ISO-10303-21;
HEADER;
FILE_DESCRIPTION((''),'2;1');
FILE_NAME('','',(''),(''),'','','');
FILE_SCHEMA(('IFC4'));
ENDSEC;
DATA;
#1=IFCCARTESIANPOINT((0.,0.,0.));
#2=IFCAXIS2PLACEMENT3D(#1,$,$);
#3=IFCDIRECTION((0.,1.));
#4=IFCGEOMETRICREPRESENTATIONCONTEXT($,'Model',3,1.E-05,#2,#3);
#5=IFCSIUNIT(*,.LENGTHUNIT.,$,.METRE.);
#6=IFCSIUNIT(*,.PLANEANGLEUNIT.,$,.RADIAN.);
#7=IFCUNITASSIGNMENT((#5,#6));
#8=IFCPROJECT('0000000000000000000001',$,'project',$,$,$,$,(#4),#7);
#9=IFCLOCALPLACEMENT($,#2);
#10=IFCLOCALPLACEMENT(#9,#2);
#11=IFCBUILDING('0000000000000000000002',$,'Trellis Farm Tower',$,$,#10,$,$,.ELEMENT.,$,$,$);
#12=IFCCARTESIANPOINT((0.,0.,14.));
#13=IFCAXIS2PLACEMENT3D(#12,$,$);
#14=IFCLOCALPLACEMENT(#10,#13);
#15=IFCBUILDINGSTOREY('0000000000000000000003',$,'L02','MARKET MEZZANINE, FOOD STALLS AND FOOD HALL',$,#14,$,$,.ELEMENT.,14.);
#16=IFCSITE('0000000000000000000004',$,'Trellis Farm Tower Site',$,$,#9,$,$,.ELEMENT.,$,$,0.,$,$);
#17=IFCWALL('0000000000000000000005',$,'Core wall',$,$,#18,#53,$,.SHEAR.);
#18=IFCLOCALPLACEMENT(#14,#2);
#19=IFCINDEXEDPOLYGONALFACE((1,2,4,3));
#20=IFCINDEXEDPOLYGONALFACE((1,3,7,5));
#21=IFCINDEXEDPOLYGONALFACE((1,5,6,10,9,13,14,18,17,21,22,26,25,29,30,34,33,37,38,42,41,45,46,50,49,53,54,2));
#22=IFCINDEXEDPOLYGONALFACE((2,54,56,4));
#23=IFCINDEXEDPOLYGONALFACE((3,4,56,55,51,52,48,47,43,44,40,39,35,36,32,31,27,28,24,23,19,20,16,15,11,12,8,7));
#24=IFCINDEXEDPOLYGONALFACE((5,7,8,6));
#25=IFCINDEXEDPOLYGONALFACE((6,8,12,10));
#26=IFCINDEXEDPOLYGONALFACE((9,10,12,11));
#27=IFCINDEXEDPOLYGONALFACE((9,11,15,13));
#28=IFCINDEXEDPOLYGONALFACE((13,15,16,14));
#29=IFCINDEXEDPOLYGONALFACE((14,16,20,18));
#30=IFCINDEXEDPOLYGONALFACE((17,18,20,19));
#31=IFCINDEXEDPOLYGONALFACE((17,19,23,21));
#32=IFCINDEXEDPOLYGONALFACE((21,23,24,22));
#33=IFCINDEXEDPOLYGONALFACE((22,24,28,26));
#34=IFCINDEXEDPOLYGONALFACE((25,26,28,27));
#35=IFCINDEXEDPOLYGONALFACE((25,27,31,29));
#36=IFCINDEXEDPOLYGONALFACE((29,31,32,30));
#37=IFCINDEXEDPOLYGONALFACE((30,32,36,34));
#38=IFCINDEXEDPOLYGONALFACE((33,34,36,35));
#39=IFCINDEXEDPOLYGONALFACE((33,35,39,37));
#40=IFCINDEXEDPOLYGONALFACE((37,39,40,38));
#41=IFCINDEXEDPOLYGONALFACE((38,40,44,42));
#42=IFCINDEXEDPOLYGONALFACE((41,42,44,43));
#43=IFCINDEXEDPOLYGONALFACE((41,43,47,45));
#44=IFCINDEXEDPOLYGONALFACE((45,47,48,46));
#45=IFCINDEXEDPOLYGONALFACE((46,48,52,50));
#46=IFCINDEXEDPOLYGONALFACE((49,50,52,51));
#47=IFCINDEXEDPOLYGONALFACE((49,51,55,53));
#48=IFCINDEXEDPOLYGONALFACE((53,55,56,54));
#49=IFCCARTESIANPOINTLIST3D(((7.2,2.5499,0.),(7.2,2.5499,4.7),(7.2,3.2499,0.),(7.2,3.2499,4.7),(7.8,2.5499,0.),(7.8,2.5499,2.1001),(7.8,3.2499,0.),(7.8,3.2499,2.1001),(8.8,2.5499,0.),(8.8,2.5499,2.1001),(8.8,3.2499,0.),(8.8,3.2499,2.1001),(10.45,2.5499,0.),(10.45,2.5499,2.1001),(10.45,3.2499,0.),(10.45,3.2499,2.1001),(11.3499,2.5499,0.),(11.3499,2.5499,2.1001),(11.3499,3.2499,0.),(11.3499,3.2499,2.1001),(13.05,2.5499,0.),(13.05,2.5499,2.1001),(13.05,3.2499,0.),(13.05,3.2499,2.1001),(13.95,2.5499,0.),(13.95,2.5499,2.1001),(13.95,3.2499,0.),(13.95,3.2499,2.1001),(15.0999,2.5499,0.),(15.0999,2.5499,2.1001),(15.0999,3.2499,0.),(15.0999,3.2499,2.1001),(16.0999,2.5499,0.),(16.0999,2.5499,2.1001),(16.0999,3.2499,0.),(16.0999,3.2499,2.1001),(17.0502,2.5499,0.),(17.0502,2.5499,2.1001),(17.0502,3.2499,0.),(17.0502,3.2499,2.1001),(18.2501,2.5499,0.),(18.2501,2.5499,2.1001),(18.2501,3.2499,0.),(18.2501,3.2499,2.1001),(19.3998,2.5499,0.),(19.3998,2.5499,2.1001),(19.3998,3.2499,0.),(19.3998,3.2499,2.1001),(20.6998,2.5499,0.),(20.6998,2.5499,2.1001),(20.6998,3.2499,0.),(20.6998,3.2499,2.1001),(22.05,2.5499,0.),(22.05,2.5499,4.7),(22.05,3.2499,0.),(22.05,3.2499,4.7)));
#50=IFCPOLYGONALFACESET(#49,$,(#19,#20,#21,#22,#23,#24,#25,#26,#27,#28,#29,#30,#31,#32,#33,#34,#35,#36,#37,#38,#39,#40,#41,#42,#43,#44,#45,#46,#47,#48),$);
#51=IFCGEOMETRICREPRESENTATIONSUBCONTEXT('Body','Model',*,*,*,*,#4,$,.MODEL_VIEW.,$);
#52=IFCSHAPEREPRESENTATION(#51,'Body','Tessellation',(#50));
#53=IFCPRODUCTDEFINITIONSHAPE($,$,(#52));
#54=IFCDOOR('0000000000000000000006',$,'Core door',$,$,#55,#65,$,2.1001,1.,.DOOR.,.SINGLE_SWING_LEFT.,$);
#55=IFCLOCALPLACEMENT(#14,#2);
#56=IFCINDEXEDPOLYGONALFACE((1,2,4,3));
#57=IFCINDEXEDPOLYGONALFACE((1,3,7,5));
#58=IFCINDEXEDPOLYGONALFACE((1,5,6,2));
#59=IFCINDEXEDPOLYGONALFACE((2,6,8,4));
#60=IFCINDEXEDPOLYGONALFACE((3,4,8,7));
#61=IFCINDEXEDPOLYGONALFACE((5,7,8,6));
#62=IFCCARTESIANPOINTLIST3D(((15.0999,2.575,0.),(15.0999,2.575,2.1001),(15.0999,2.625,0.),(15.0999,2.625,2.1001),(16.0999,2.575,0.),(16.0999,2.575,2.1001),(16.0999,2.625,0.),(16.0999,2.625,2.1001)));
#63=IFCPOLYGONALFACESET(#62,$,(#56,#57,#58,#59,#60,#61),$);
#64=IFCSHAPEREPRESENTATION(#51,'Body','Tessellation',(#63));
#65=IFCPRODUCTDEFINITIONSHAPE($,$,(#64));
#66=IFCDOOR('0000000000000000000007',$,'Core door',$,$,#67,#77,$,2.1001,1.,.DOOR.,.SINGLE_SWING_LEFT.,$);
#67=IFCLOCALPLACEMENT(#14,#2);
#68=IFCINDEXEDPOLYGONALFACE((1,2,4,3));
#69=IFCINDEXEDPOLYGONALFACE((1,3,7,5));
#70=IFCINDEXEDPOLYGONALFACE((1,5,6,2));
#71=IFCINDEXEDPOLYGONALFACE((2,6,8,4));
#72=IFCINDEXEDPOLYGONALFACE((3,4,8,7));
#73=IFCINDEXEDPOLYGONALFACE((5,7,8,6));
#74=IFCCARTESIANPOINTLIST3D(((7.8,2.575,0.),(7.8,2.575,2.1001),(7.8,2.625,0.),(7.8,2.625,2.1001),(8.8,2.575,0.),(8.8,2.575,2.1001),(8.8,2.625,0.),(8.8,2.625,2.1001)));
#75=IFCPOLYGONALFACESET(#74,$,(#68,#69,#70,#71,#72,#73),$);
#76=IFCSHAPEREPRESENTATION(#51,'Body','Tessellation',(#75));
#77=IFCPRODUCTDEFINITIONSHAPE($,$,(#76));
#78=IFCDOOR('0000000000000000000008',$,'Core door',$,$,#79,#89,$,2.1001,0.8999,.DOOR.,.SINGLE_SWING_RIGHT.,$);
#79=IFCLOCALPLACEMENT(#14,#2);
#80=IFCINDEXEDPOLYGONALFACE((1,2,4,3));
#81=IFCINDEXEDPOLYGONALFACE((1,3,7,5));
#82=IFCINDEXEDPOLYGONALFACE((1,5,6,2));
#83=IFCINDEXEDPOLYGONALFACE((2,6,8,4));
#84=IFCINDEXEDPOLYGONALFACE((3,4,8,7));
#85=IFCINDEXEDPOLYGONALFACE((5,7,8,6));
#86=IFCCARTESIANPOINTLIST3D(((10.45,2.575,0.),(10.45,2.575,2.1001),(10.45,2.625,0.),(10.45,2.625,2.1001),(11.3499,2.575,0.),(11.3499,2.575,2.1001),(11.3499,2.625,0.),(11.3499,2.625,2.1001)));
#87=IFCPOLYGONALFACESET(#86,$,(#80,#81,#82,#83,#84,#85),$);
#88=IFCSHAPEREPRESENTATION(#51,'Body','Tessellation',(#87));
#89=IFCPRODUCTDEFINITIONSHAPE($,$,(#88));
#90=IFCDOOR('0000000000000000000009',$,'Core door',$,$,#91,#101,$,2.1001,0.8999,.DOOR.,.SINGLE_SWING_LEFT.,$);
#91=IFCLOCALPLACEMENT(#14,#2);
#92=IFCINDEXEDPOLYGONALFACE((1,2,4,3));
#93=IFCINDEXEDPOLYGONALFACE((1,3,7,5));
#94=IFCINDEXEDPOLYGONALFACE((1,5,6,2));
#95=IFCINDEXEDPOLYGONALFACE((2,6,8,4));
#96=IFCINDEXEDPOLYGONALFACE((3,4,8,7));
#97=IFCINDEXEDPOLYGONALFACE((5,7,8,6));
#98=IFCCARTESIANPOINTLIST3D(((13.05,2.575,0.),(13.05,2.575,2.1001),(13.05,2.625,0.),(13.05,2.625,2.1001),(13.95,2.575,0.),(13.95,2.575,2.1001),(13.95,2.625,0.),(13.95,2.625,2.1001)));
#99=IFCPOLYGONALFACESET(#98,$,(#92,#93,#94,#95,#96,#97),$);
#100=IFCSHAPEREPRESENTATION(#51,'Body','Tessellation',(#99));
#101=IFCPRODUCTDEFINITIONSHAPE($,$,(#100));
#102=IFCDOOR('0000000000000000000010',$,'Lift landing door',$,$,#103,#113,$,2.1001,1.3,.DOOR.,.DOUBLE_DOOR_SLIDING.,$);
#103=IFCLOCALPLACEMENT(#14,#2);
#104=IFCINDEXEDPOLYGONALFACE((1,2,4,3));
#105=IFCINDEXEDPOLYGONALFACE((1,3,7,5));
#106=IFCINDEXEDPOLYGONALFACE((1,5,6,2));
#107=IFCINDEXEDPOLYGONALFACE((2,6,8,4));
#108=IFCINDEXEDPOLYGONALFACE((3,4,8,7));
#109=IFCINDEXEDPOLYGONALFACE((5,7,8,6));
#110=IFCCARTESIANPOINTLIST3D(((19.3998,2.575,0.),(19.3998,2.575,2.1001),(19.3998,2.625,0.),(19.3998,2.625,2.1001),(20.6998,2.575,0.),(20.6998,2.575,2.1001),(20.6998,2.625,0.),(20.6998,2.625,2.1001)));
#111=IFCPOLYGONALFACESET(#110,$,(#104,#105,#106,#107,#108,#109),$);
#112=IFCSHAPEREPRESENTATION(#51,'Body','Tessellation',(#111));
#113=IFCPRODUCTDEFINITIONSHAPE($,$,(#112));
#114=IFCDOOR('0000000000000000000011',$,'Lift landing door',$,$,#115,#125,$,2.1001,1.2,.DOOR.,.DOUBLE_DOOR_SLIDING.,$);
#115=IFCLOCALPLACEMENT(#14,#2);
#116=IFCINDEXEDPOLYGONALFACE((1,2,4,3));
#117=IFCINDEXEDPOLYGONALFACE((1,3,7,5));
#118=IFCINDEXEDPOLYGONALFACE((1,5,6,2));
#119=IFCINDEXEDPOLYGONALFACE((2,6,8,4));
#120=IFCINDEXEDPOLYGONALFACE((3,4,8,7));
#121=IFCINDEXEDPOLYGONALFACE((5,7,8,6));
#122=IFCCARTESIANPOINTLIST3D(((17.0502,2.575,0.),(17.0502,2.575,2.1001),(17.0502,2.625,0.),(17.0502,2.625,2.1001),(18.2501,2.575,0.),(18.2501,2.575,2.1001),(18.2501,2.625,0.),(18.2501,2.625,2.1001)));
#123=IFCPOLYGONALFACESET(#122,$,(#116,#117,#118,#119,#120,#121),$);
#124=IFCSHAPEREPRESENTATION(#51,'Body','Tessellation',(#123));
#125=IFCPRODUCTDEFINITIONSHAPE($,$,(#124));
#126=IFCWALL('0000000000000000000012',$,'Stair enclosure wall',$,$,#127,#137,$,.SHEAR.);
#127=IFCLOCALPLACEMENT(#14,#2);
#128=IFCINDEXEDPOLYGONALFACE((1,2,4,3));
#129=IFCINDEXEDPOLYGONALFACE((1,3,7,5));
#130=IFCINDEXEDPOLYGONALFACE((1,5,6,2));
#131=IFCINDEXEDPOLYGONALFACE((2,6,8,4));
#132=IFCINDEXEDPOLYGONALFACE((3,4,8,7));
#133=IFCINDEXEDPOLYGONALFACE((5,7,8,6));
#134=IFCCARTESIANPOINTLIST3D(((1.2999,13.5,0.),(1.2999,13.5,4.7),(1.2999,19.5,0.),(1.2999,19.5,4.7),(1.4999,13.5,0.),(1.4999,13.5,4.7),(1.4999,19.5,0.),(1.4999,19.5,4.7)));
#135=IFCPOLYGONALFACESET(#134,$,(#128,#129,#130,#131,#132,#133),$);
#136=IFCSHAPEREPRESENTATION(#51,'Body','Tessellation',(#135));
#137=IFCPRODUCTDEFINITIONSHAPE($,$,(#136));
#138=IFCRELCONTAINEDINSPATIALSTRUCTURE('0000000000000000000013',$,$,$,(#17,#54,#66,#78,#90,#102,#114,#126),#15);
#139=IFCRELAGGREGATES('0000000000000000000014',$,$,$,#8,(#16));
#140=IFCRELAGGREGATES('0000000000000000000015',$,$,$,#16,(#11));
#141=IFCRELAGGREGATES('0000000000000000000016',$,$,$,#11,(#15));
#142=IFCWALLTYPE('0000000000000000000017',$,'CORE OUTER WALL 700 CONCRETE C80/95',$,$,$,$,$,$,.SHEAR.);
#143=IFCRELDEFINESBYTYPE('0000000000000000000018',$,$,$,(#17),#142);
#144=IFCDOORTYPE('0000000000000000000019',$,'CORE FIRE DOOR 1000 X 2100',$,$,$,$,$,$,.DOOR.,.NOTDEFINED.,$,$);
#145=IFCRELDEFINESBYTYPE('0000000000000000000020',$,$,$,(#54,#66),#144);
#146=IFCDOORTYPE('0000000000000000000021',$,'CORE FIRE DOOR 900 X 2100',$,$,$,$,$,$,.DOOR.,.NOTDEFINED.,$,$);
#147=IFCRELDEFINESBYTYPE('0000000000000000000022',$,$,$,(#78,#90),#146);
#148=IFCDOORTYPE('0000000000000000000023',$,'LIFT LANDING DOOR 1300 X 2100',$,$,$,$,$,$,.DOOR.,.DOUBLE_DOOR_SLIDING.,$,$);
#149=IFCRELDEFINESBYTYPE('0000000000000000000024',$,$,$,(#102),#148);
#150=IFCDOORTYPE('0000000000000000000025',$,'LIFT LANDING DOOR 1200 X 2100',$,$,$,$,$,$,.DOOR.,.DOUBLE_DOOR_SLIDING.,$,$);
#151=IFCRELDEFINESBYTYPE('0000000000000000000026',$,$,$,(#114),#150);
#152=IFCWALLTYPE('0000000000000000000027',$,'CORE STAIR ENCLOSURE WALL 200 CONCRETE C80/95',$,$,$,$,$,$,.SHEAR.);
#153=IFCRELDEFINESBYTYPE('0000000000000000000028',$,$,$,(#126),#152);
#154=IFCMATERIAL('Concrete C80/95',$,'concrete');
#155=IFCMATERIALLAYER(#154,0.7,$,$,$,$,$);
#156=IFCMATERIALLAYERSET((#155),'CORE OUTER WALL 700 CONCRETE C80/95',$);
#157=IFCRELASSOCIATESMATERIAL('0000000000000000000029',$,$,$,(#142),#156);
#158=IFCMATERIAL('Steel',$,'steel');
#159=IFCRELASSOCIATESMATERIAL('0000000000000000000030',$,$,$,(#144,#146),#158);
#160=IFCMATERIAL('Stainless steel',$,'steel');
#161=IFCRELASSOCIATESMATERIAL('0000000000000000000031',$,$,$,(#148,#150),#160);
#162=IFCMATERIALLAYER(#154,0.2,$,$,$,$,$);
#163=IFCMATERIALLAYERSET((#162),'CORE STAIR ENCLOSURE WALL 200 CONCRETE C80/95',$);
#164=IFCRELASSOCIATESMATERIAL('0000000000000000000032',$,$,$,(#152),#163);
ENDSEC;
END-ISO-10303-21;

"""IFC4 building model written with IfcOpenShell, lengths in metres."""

from ifc_helpers import new_model, si_unit, direction, frame, frame_2d, origin, place, context, subcontext, project, spatial, rectangle, extrude, source, transform, mapped, material, layer, layer_set, type_object, element, fill, save


model = new_model("IFC4")

# Units and contexts
model_context = context("Model", 3, precision=1e-05, world=origin(), true_north=direction((0.0, 1.0)))
body_context = subcontext(model_context, "Body", "Model", "MODEL_VIEW")
ifc_project = project(units=[si_unit("LENGTHUNIT", "METRE"), si_unit("PLANEANGLEUNIT", "RADIAN")], contexts=[model_context])

# Site, building, storey
site_placement = place(None, origin())
site = spatial("IfcSite", under=ifc_project, at=site_placement, Name="Trellis Farm Tower Site", CompositionType="ELEMENT", RefElevation=0.0)
building_placement = place(site_placement, origin())
building = spatial("IfcBuilding", under=site, at=building_placement, Name="Trellis Farm Tower", CompositionType="ELEMENT")
storey_placement = place(building_placement, frame((0.0, 0.0, 14.0)))
storey = spatial("IfcBuildingStorey", under=building, at=storey_placement, Name="L02", Description="MARKET MEZZANINE, FOOD STALLS AND FOOD HALL", CompositionType="ELEMENT", Elevation=14.0)

# Shared definitions
ifc_material_1 = material(Name="Concrete C80/95", Category="concrete")

# Wall, openings, doors
ifc_layer_1 = layer(ifc_material_1, 0.7)
ifc_layer_set_1 = layer_set([ifc_layer_1], Name="CORE OUTER WALL 700 CONCRETE C80/95")
wall_type_1 = type_object("IfcWallType", Name="CORE OUTER WALL 700 CONCRETE C80/95", PredefinedType="SHEAR", material=ifc_layer_set_1)
shared_shape_1 = source(origin(), body_context, "Body", "SweptSolid", [
    extrude(rectangle(XDim=14.8501, YDim=0.7, at=frame_2d((7.425, 0.0))), origin(), (0.0, 0.0, 1.0), 4.7),
])
wall_1_placement = place(storey_placement, frame((7.2, 2.8999, 0.0), z_axis=(0.0, 0.0, 1.0), x_axis=(1.0, 0.0, 0.0)))
wall_1 = element("IfcWall", 1, at=wall_1_placement, inside=storey, type_object=wall_type_1, Name="Core wall", PredefinedType="SHEAR", context=body_context, shape_type="MappedRepresentation", body=[
    mapped(shared_shape_1, transform((0.0, 0.0, 0.0))),
])
shared_shape_2 = source(origin(), body_context, "Body", "SweptSolid", [
    extrude(rectangle(XDim=1.3, YDim=2.1001, at=frame_2d((0.6499, 1.05))), frame((0.0, 0.3601, 0.0), z_axis=(0.0, -1.0, 0.0), x_axis=(1.0, 0.0, 0.0)), (0.0, 0.0, 1.0), 0.7202),
])
opening_1_placement = place(wall_1_placement, frame((12.2, 0.0, 0.0)))
opening_1 = element("IfcOpeningElement", 2, at=opening_1_placement, cuts=wall_1, PredefinedType="OPENING", context=body_context, shape_type="MappedRepresentation", body=[
    mapped(shared_shape_2, transform((0.0, 0.0, 0.0))),
])
shared_shape_3 = source(origin(), body_context, "Body", "SweptSolid", [
    extrude(rectangle(XDim=1.2, YDim=2.1001, at=frame_2d((0.6001, 1.05))), frame((0.0, 0.3601, 0.0), z_axis=(0.0, -1.0, 0.0), x_axis=(1.0, 0.0, 0.0)), (0.0, 0.0, 1.0), 0.7202),
])
opening_2_placement = place(wall_1_placement, frame((9.8501, 0.0, 0.0)))
opening_2 = element("IfcOpeningElement", 3, at=opening_2_placement, cuts=wall_1, PredefinedType="OPENING", context=body_context, shape_type="MappedRepresentation", body=[
    mapped(shared_shape_3, transform((0.0, 0.0, 0.0))),
])
shared_shape_4 = source(origin(), body_context, "Body", "SweptSolid", [
    extrude(rectangle(XDim=1.0, YDim=2.1001, at=frame_2d((0.5, 1.05))), frame((0.0, 0.3601, 0.0), z_axis=(0.0, -1.0, 0.0), x_axis=(1.0, 0.0, 0.0)), (0.0, 0.0, 1.0), 0.7202),
])
opening_3_placement = place(wall_1_placement, frame((7.8999, 0.0, 0.0)))
opening_3 = element("IfcOpeningElement", 4, at=opening_3_placement, cuts=wall_1, PredefinedType="OPENING", context=body_context, shape_type="MappedRepresentation", body=[
    mapped(shared_shape_4, transform((0.0, 0.0, 0.0))),
])
opening_4_placement = place(wall_1_placement, frame((0.6001, 0.0, 0.0)))
opening_4 = element("IfcOpeningElement", 5, at=opening_4_placement, cuts=wall_1, PredefinedType="OPENING", context=body_context, shape_type="MappedRepresentation", body=[
    mapped(shared_shape_4, transform((0.0, 0.0, 0.0))),
])
shared_shape_5 = source(origin(), body_context, "Body", "SweptSolid", [
    extrude(rectangle(XDim=0.8999, YDim=2.1001, at=frame_2d((0.45, 1.05))), frame((0.0, 0.3601, 0.0), z_axis=(0.0, -1.0, 0.0), x_axis=(1.0, 0.0, 0.0)), (0.0, 0.0, 1.0), 0.7202),
])
opening_5_placement = place(wall_1_placement, frame((3.25, 0.0, 0.0)))
opening_5 = element("IfcOpeningElement", 6, at=opening_5_placement, cuts=wall_1, PredefinedType="OPENING", context=body_context, shape_type="MappedRepresentation", body=[
    mapped(shared_shape_5, transform((0.0, 0.0, 0.0))),
])
opening_6_placement = place(wall_1_placement, frame((5.8501, 0.0, 0.0)))
opening_6 = element("IfcOpeningElement", 7, at=opening_6_placement, cuts=wall_1, PredefinedType="OPENING", context=body_context, shape_type="MappedRepresentation", body=[
    mapped(shared_shape_5, transform((0.0, 0.0, 0.0))),
])
ifc_material_2 = material(Name="Steel", Category="steel")
door_type_1 = type_object("IfcDoorType", Name="CORE FIRE DOOR 1000 X 2100", OperationType="NOTDEFINED", PredefinedType="DOOR", material=ifc_material_2)
shared_shape_6 = source(origin(), body_context, "Body", "SweptSolid", [
    extrude(rectangle(XDim=1.0, YDim=2.1001, at=frame_2d((0.5, 1.05))), frame((0.0, -0.2749, 0.0), z_axis=(0.0, -1.0, 0.0), x_axis=(1.0, 0.0, 0.0)), (0.0, 0.0, 1.0), 0.05),
])
door_1_placement = place(opening_3_placement, origin())
door_1 = element("IfcDoor", 8, at=door_1_placement, inside=storey, type_object=door_type_1, Name="Core door", OperationType="SINGLE_SWING_LEFT", OverallHeight=2.1001, OverallWidth=1.0, PredefinedType="DOOR", context=body_context, shape_type="MappedRepresentation", body=[
    mapped(shared_shape_6, transform((0.0, 0.0, 0.0))),
])
fill(opening_3, door_1)
door_2_placement = place(opening_4_placement, origin())
door_2 = element("IfcDoor", 9, at=door_2_placement, inside=storey, type_object=door_type_1, Name="Core door", OperationType="SINGLE_SWING_LEFT", OverallHeight=2.1001, OverallWidth=1.0, PredefinedType="DOOR", context=body_context, shape_type="MappedRepresentation", body=[
    mapped(shared_shape_6, transform((0.0, 0.0, 0.0))),
])
fill(opening_4, door_2)
door_type_2 = type_object("IfcDoorType", Name="CORE FIRE DOOR 900 X 2100", OperationType="NOTDEFINED", PredefinedType="DOOR", material=ifc_material_2)
shared_shape_7 = source(origin(), body_context, "Body", "SweptSolid", [
    extrude(rectangle(XDim=0.8999, YDim=2.1001, at=frame_2d((0.45, 1.05))), frame((0.0, -0.2749, 0.0), z_axis=(0.0, -1.0, 0.0), x_axis=(1.0, 0.0, 0.0)), (0.0, 0.0, 1.0), 0.05),
])
door_3_placement = place(opening_5_placement, origin())
door_3 = element("IfcDoor", 10, at=door_3_placement, inside=storey, type_object=door_type_2, Name="Core door", OperationType="SINGLE_SWING_RIGHT", OverallHeight=2.1001, OverallWidth=0.8999, PredefinedType="DOOR", context=body_context, shape_type="MappedRepresentation", body=[
    mapped(shared_shape_7, transform((0.0, 0.0, 0.0))),
])
fill(opening_5, door_3)
door_4_placement = place(opening_6_placement, origin())
door_4 = element("IfcDoor", 11, at=door_4_placement, inside=storey, type_object=door_type_2, Name="Core door", OperationType="SINGLE_SWING_LEFT", OverallHeight=2.1001, OverallWidth=0.8999, PredefinedType="DOOR", context=body_context, shape_type="MappedRepresentation", body=[
    mapped(shared_shape_7, transform((0.0, 0.0, 0.0))),
])
fill(opening_6, door_4)
ifc_material_3 = material(Name="Stainless steel", Category="steel")
door_type_3 = type_object("IfcDoorType", Name="LIFT LANDING DOOR 1300 X 2100", OperationType="DOUBLE_DOOR_SLIDING", PredefinedType="DOOR", material=ifc_material_3)
shared_shape_8 = source(origin(), body_context, "Body", "SweptSolid", [
    extrude(rectangle(XDim=1.3, YDim=2.1001, at=frame_2d((0.6499, 1.05))), frame((0.0, -0.2749, 0.0), z_axis=(0.0, -1.0, 0.0), x_axis=(1.0, 0.0, 0.0)), (0.0, 0.0, 1.0), 0.05),
])
door_5_placement = place(opening_1_placement, origin())
door_5 = element("IfcDoor", 12, at=door_5_placement, inside=storey, type_object=door_type_3, Name="Lift landing door", OperationType="DOUBLE_DOOR_SLIDING", OverallHeight=2.1001, OverallWidth=1.3, PredefinedType="DOOR", context=body_context, shape_type="MappedRepresentation", body=[
    mapped(shared_shape_8, transform((0.0, 0.0, 0.0))),
])
fill(opening_1, door_5)
door_type_4 = type_object("IfcDoorType", Name="LIFT LANDING DOOR 1200 X 2100", OperationType="DOUBLE_DOOR_SLIDING", PredefinedType="DOOR", material=ifc_material_3)
shared_shape_9 = source(origin(), body_context, "Body", "SweptSolid", [
    extrude(rectangle(XDim=1.2, YDim=2.1001, at=frame_2d((0.6001, 1.05))), frame((0.0, -0.2749, 0.0), z_axis=(0.0, -1.0, 0.0), x_axis=(1.0, 0.0, 0.0)), (0.0, 0.0, 1.0), 0.05),
])
door_6_placement = place(opening_2_placement, origin())
door_6 = element("IfcDoor", 13, at=door_6_placement, inside=storey, type_object=door_type_4, Name="Lift landing door", OperationType="DOUBLE_DOOR_SLIDING", OverallHeight=2.1001, OverallWidth=1.2, PredefinedType="DOOR", context=body_context, shape_type="MappedRepresentation", body=[
    mapped(shared_shape_9, transform((0.0, 0.0, 0.0))),
])
fill(opening_2, door_6)

# Wall
ifc_layer_2 = layer(ifc_material_1, 0.2)
ifc_layer_set_2 = layer_set([ifc_layer_2], Name="CORE STAIR ENCLOSURE WALL 200 CONCRETE C80/95")
wall_type_2 = type_object("IfcWallType", Name="CORE STAIR ENCLOSURE WALL 200 CONCRETE C80/95", PredefinedType="SHEAR", material=ifc_layer_set_2)
shared_shape_10 = source(origin(), body_context, "Body", "SweptSolid", [
    extrude(rectangle(XDim=6.0, YDim=0.2, at=frame_2d((3.0, 0.0))), origin(), (0.0, 0.0, 1.0), 4.7),
])
wall_2_placement = place(storey_placement, frame((1.3999, 13.5, 0.0), z_axis=(0.0, 0.0, 1.0), x_axis=(0.0, 1.0, 0.0)))
element("IfcWall", 14, at=wall_2_placement, inside=storey, type_object=wall_type_2, Name="Stair enclosure wall", PredefinedType="SHEAR", context=body_context, shape_type="MappedRepresentation", body=[
    mapped(shared_shape_10, transform((0.0, 0.0, 0.0))),
])

save(model, "model.ifc")
